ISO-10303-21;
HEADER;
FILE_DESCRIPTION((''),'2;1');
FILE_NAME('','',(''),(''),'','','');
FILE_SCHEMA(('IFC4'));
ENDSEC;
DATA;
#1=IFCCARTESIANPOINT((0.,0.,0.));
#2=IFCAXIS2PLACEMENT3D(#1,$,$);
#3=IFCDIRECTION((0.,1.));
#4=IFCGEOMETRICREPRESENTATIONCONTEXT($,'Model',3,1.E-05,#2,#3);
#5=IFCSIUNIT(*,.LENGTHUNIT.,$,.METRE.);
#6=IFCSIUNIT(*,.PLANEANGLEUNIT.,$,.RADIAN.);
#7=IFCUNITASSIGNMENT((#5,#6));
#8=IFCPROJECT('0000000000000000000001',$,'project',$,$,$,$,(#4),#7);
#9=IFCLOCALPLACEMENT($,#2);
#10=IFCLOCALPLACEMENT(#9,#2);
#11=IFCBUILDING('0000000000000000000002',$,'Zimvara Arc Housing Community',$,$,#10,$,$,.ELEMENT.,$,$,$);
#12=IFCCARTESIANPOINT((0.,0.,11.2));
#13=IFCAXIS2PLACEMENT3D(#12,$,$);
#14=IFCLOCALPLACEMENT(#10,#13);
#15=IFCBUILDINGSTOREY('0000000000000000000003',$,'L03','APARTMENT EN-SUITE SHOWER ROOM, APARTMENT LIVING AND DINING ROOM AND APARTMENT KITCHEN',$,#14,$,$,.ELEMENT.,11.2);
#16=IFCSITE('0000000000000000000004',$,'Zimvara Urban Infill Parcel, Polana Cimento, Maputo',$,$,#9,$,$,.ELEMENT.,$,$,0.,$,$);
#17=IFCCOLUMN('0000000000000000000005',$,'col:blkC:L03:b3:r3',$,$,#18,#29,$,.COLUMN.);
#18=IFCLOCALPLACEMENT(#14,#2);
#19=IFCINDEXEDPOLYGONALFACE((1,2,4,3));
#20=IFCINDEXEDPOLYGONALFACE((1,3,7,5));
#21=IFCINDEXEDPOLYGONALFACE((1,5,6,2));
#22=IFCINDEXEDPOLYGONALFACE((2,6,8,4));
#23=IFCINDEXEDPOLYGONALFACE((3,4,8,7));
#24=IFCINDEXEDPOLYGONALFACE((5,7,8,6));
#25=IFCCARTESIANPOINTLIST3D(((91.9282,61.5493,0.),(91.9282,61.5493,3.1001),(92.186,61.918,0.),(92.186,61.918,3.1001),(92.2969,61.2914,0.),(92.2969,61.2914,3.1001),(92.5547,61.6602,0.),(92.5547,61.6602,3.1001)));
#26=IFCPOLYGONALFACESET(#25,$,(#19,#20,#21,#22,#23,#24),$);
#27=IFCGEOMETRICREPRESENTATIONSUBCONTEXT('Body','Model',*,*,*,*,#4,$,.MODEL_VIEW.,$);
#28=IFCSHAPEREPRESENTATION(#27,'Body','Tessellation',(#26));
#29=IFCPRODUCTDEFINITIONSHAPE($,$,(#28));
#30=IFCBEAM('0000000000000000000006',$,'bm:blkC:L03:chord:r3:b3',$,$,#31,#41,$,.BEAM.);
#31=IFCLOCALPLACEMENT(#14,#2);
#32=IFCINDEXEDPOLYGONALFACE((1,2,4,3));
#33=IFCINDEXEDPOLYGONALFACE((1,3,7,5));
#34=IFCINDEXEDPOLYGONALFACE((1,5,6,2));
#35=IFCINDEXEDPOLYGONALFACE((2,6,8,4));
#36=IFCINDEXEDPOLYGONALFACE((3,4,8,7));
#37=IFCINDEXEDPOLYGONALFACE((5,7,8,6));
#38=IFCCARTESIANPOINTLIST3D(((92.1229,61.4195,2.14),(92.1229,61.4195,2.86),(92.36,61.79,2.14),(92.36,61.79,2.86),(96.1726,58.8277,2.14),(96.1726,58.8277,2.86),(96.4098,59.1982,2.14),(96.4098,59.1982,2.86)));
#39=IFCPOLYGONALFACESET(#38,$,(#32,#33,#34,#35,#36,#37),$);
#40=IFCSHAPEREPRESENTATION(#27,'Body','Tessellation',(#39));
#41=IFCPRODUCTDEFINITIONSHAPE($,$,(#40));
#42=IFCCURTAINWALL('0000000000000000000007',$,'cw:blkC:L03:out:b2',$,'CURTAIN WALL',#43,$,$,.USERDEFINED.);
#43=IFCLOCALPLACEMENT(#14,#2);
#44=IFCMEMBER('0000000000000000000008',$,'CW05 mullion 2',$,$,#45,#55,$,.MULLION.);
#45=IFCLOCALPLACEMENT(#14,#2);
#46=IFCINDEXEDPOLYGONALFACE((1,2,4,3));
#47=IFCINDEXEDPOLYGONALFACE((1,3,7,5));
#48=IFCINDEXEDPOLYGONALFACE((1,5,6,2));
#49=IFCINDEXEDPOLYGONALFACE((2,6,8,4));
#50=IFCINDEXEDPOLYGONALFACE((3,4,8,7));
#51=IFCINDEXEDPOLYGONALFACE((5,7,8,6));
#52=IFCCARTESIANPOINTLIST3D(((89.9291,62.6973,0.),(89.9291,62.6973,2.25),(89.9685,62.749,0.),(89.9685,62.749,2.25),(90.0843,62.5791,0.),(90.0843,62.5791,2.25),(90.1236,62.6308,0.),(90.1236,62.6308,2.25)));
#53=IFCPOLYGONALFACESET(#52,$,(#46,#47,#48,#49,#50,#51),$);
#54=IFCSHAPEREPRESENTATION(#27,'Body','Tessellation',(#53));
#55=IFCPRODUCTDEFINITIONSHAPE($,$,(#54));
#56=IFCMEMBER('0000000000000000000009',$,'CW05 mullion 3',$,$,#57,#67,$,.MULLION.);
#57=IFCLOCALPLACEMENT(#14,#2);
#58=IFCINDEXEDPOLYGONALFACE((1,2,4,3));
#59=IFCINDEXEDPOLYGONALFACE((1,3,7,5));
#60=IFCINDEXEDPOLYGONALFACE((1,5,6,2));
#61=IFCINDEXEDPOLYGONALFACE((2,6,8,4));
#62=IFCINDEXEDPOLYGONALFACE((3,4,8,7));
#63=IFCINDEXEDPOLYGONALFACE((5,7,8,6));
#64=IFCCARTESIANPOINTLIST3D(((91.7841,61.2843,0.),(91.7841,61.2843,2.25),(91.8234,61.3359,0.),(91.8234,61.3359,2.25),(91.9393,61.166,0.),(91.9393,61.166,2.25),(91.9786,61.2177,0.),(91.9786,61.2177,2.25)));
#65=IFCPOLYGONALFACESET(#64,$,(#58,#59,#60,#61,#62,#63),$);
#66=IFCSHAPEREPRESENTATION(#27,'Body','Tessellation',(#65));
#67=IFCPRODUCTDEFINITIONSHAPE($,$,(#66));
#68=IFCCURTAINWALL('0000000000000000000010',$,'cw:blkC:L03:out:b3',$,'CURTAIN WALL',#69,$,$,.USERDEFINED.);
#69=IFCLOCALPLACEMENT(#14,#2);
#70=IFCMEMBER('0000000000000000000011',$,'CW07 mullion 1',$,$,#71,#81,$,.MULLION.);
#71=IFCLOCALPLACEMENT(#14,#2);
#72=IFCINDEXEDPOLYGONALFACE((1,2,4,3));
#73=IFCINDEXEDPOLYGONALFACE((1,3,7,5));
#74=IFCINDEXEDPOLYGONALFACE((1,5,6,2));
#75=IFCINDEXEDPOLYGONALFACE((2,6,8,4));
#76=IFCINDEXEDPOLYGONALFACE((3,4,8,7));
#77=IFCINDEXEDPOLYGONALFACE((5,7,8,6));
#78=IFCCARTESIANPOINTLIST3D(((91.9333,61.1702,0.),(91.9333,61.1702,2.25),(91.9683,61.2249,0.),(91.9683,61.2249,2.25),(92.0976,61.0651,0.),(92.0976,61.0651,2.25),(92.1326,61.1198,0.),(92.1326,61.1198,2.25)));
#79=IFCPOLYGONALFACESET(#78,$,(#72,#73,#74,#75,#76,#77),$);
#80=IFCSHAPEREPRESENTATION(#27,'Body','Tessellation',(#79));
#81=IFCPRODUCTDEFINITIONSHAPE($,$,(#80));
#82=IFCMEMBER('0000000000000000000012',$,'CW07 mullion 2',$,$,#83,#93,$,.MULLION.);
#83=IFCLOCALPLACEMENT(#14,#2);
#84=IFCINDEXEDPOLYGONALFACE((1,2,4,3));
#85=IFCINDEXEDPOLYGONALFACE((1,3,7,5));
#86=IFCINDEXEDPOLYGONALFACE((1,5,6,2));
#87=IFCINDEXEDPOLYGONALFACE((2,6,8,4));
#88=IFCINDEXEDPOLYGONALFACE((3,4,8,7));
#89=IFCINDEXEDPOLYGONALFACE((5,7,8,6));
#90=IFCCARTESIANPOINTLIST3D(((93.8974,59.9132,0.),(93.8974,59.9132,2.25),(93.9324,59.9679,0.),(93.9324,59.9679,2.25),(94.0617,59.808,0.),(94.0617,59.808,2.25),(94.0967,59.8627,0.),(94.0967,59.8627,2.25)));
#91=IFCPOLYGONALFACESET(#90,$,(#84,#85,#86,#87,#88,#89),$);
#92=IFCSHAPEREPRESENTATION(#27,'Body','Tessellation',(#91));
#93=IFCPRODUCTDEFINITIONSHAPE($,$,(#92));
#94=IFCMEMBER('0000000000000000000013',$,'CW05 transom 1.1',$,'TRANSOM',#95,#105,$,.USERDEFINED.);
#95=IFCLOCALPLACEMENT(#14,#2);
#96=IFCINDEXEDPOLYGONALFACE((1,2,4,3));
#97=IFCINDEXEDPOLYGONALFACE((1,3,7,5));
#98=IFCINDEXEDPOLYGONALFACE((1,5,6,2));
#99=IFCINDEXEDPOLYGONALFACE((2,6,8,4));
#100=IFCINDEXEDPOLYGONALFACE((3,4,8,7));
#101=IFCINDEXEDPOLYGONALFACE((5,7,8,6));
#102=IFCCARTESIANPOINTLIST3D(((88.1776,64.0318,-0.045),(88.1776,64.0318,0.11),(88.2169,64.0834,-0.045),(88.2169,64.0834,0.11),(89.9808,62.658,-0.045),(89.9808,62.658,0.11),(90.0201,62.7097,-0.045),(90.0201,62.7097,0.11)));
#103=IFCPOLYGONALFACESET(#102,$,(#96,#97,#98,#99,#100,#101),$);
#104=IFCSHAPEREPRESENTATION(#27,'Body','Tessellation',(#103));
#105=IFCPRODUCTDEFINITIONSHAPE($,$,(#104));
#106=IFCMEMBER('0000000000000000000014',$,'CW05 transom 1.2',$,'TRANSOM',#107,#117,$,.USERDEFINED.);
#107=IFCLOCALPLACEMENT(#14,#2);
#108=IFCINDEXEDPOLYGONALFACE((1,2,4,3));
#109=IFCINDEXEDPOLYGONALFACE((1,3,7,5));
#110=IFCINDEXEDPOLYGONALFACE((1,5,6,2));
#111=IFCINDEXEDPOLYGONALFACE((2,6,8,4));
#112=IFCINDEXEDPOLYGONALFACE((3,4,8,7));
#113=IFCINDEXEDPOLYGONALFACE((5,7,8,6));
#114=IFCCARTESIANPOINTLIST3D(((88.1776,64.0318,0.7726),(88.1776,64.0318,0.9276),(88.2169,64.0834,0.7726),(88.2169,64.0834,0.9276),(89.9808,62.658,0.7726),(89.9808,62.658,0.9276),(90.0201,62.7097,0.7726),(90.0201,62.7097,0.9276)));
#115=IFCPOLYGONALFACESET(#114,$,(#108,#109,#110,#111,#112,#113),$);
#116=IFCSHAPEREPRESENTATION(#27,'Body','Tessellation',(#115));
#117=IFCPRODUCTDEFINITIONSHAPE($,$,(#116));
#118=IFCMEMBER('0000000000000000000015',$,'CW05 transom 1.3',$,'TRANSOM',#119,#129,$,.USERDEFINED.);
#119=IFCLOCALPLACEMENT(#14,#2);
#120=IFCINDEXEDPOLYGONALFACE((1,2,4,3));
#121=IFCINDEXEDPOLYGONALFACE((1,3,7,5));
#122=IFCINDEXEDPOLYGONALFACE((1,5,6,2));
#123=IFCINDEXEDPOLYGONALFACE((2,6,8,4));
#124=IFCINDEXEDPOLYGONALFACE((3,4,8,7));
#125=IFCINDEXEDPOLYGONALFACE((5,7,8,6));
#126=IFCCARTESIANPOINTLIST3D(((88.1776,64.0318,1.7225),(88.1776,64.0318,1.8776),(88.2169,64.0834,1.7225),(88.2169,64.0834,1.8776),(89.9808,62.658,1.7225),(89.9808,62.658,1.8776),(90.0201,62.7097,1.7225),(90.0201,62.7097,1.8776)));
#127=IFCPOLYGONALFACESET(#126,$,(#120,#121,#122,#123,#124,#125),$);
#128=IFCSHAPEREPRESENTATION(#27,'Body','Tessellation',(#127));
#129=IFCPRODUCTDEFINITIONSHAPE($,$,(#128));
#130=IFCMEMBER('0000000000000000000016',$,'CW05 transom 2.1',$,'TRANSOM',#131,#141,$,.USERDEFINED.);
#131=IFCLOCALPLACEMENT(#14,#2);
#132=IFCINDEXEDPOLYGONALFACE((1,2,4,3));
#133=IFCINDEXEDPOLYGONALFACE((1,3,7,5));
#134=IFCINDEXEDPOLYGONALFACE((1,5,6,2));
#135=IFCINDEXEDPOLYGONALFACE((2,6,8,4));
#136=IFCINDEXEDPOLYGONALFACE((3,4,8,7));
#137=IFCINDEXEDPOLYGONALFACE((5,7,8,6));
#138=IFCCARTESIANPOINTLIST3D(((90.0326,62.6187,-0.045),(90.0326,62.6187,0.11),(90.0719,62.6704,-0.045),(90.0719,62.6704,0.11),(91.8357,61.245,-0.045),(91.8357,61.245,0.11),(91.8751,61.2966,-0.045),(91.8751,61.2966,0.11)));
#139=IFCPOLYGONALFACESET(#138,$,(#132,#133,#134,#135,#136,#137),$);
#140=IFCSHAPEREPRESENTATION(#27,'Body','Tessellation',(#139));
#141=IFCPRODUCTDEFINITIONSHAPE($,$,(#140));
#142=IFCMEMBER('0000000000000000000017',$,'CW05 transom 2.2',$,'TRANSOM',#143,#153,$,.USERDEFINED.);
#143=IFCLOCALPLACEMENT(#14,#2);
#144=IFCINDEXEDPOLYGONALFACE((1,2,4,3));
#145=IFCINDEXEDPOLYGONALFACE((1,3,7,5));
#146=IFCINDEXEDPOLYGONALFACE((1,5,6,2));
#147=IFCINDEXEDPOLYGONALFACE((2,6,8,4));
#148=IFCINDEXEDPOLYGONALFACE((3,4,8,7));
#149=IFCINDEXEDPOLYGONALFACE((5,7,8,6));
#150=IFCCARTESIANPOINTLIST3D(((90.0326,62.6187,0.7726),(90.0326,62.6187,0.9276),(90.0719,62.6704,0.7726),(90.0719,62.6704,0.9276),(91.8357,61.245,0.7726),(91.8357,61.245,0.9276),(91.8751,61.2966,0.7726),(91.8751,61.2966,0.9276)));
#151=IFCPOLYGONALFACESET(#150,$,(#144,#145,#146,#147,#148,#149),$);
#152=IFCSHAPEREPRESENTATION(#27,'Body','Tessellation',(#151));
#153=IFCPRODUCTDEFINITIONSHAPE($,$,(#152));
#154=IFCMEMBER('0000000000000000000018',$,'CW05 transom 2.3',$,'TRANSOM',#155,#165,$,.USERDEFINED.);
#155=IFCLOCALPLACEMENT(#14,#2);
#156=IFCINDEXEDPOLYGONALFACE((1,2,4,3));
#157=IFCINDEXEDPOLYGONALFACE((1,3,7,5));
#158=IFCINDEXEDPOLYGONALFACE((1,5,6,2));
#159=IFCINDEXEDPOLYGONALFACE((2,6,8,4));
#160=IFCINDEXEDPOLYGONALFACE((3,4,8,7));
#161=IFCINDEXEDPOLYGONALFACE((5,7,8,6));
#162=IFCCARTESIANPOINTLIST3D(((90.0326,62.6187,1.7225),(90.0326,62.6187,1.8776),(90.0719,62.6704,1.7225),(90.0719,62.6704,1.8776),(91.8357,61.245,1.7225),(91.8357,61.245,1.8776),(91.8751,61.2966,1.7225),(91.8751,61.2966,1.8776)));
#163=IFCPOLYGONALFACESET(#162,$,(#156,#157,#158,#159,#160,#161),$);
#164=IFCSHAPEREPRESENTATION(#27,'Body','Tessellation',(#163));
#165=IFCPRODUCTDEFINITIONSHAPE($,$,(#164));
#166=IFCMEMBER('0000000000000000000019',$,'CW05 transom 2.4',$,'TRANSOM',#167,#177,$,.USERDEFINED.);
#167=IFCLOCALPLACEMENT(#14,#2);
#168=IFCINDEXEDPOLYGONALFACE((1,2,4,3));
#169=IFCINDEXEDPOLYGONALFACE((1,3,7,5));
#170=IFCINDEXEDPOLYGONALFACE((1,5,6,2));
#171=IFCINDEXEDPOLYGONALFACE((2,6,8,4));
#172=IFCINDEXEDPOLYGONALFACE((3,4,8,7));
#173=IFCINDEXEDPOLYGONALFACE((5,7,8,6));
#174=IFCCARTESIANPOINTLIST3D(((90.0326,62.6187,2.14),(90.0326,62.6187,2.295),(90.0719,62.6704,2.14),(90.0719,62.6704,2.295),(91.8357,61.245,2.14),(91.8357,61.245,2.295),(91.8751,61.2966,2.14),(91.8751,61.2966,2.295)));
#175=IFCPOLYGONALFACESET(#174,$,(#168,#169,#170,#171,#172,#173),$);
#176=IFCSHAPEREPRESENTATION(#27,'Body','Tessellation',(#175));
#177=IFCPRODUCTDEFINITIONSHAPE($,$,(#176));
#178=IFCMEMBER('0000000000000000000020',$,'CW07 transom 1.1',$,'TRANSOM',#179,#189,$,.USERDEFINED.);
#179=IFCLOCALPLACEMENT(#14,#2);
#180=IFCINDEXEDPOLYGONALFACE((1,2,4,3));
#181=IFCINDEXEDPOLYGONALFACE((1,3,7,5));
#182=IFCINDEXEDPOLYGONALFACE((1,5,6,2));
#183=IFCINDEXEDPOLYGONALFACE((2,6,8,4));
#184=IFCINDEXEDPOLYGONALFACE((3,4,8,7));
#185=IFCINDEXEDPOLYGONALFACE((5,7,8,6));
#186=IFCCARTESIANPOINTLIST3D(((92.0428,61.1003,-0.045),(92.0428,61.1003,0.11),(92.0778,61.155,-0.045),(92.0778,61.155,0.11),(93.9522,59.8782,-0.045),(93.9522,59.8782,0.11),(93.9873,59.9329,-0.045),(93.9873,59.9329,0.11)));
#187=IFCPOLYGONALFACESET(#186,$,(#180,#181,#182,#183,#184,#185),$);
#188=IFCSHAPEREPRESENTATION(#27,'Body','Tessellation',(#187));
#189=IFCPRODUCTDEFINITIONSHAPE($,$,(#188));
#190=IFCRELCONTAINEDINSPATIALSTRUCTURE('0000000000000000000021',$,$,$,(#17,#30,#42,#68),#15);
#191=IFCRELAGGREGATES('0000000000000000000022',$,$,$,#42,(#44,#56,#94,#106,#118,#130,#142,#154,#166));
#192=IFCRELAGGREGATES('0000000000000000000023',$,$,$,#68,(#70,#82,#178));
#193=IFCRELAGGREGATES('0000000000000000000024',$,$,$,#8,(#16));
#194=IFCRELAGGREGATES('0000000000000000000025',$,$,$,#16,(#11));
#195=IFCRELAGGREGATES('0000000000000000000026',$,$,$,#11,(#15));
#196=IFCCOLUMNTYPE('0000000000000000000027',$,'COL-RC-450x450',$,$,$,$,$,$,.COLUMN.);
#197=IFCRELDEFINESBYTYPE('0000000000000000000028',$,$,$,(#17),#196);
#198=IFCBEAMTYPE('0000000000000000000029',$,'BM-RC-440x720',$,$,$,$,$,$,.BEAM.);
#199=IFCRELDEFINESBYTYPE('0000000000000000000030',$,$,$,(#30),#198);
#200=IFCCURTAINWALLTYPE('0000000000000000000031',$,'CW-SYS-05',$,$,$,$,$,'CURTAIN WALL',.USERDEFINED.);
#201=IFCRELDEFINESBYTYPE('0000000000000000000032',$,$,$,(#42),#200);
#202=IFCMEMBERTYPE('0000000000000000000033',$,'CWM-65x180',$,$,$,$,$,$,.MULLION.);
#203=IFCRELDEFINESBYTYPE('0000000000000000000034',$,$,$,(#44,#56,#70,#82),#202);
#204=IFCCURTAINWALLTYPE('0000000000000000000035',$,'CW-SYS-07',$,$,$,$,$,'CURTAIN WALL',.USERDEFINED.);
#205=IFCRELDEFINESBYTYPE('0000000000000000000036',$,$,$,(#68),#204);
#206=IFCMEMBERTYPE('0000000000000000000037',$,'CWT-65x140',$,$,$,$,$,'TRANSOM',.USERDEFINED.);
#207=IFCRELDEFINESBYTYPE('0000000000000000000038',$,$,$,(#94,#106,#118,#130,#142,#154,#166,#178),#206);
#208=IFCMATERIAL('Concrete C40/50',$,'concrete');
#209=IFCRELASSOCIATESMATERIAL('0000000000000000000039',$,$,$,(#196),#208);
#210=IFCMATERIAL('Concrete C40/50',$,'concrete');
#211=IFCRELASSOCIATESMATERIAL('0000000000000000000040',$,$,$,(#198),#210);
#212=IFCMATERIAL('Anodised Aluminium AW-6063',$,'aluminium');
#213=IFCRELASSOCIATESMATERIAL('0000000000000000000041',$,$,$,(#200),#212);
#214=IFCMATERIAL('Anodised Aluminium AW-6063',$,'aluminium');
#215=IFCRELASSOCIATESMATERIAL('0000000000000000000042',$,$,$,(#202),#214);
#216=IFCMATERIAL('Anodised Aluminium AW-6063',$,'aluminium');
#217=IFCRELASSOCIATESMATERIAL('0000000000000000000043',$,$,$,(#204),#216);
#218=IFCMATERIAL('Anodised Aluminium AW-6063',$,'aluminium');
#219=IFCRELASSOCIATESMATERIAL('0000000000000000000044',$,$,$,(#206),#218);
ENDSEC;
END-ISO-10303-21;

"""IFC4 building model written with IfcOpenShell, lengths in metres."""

from ifc_helpers import new_model, si_unit, direction, frame, origin, origin_2d, place, context, subcontext, project, spatial, rectangle, extrude, material, material_profile, profile_set, type_object, element, aggregate, save


model = new_model("IFC4")

# Units and contexts
model_context = context("Model", 3, precision=1e-05, world=origin(), true_north=direction((0.0, 1.0)))
body_context = subcontext(model_context, "Body", "Model", "MODEL_VIEW")
ifc_project = project(units=[si_unit("LENGTHUNIT", "METRE"), si_unit("PLANEANGLEUNIT", "RADIAN")], contexts=[model_context])

# Site, building, storey
site_placement = place(None, origin())
site = spatial("IfcSite", under=ifc_project, at=site_placement, Name="Zimvara Urban Infill Parcel, Polana Cimento, Maputo", CompositionType="ELEMENT", RefElevation=0.0)
building_placement = place(site_placement, origin())
building = spatial("IfcBuilding", under=site, at=building_placement, Name="Zimvara Arc Housing Community", CompositionType="ELEMENT")
storey_placement = place(building_placement, frame((0.0, 0.0, 11.2)))
storey = spatial("IfcBuildingStorey", under=building, at=storey_placement, Name="L03", Description="APARTMENT EN-SUITE SHOWER ROOM, APARTMENT LIVING AND DINING ROOM AND APARTMENT KITCHEN", CompositionType="ELEMENT", Elevation=11.2)

# Column
ifc_material_1 = material(Name="Concrete C40/50", Category="concrete")
ifc_material_profile_1 = material_profile(ifc_material_1, rectangle(XDim=0.45, YDim=0.45, at=origin_2d()), Name="RC 450x450")
ifc_profile_set_1 = profile_set([ifc_material_profile_1], Name="Concrete C40/50")
column_type = type_object("IfcColumnType", Name="COL-RC-450x450", PredefinedType="COLUMN", material=ifc_profile_set_1)
column_placement = place(storey_placement, frame((92.2415, 61.6047, 0.0), z_axis=(0.0, 0.0, 1.0), x_axis=(-0.573004, -0.819552, 0.0)))
element("IfcColumn", 1, at=column_placement, inside=storey, type_object=column_type, Name="col:blkC:L03:b3:r3", PredefinedType="COLUMN", context=body_context, shape_type="SweptSolid", body=[
    extrude(rectangle(XDim=0.45, YDim=0.45, at=origin_2d()), origin(), (0.0, 0.0, 1.0), 3.1001),
])

# Beam
ifc_material_2 = material(Name="Concrete C40/50", Category="concrete")
ifc_material_profile_2 = material_profile(ifc_material_2, rectangle(XDim=0.4399, YDim=0.72, at=origin_2d()), Name="RC 440x720")
ifc_profile_set_2 = profile_set([ifc_material_profile_2], Name="Concrete C40/50")
beam_type = type_object("IfcBeamType", Name="BM-RC-440x720", PredefinedType="BEAM", material=ifc_profile_set_2)
beam_placement = place(storey_placement, frame((92.2415, 61.6047, 2.5), z_axis=(0.842279, -0.539042, 0.0), x_axis=(0.539042, 0.842279, 0.0)))
element("IfcBeam", 2, at=beam_placement, inside=storey, type_object=beam_type, Name="bm:blkC:L03:chord:r3:b3", PredefinedType="BEAM", context=body_context, shape_type="SweptSolid", body=[
    extrude(rectangle(XDim=0.4399, YDim=0.72, at=origin_2d()), origin(), (0.0, 0.0, 1.0), 4.8081),
])

# Curtain walls, members
ifc_material_3 = material(Name="Anodised Aluminium AW-6063", Category="aluminium")
curtain_wall_type_1 = type_object("IfcCurtainWallType", Name="CW-SYS-05", ElementType="CURTAIN WALL", PredefinedType="USERDEFINED", material=ifc_material_3)
curtain_wall_1_placement = place(storey_placement, origin())
curtain_wall_1 = element("IfcCurtainWall", 3, at=curtain_wall_1_placement, inside=storey, type_object=curtain_wall_type_1, Name="cw:blkC:L03:out:b2", ObjectType="CURTAIN WALL", PredefinedType="USERDEFINED")
ifc_material_4 = material(Name="Anodised Aluminium AW-6063", Category="aluminium")
ifc_material_profile_3 = material_profile(ifc_material_4, rectangle(XDim=0.0649, YDim=0.1951, at=origin_2d()), Name="ALU 65x195")
ifc_profile_set_3 = profile_set([ifc_material_profile_3], Name="Anodised Aluminium AW-6063")
member_type_1 = type_object("IfcMemberType", Name="CWM-65x180", PredefinedType="MULLION", material=ifc_profile_set_3)
member_1_placement = place(storey_placement, frame((90.0264, 62.6641, 0.0), z_axis=(0.0, 0.0, 1.0), x_axis=(0.605988, 0.795474, 0.0)))
member_1 = element("IfcMember", 4, at=member_1_placement, type_object=member_type_1, Name="CW05 mullion 2", PredefinedType="MULLION", context=body_context, shape_type="SweptSolid", body=[
    extrude(rectangle(XDim=0.0649, YDim=0.1951, at=origin_2d()), origin(), (0.0, 0.0, 1.0), 2.25),
])
member_2_placement = place(storey_placement, frame((91.8813, 61.251, 0.0), z_axis=(0.0, 0.0, 1.0), x_axis=(0.605988, 0.795474, 0.0)))
member_2 = element("IfcMember", 5, at=member_2_placement, type_object=member_type_1, Name="CW05 mullion 3", PredefinedType="MULLION", context=body_context, shape_type="SweptSolid", body=[
    extrude(rectangle(XDim=0.0649, YDim=0.1951, at=origin_2d()), origin(), (0.0, 0.0, 1.0), 2.25),
])
ifc_material_5 = material(Name="Anodised Aluminium AW-6063", Category="aluminium")
curtain_wall_type_2 = type_object("IfcCurtainWallType", Name="CW-SYS-07", ElementType="CURTAIN WALL", PredefinedType="USERDEFINED", material=ifc_material_5)
curtain_wall_2_placement = place(storey_placement, origin())
curtain_wall_2 = element("IfcCurtainWall", 6, at=curtain_wall_2_placement, inside=storey, type_object=curtain_wall_type_2, Name="cw:blkC:L03:out:b3", ObjectType="CURTAIN WALL", PredefinedType="USERDEFINED")
member_3_placement = place(storey_placement, frame((92.033, 61.145, 0.0), z_axis=(0.0, 0.0, 1.0), x_axis=(0.539065, 0.842264, 0.0)))
member_3 = element("IfcMember", 7, at=member_3_placement, type_object=member_type_1, Name="CW07 mullion 1", PredefinedType="MULLION", context=body_context, shape_type="SweptSolid", body=[
    extrude(rectangle(XDim=0.0649, YDim=0.1951, at=origin_2d()), origin(), (0.0, 0.0, 1.0), 2.25),
])
member_4_placement = place(storey_placement, frame((93.9971, 59.8879, 0.0), z_axis=(0.0, 0.0, 1.0), x_axis=(0.539065, 0.842264, 0.0)))
member_4 = element("IfcMember", 8, at=member_4_placement, type_object=member_type_1, Name="CW07 mullion 2", PredefinedType="MULLION", context=body_context, shape_type="SweptSolid", body=[
    extrude(rectangle(XDim=0.0649, YDim=0.1951, at=origin_2d()), origin(), (0.0, 0.0, 1.0), 2.25),
])

# Members
ifc_material_6 = material(Name="Anodised Aluminium AW-6063", Category="aluminium")
ifc_material_profile_4 = material_profile(ifc_material_6, rectangle(XDim=0.0649, YDim=0.155, at=origin_2d()), Name="ALU 65x155")
ifc_profile_set_4 = profile_set([ifc_material_profile_4], Name="Anodised Aluminium AW-6063")
member_type_2 = type_object("IfcMemberType", Name="CWT-65x140", ElementType="TRANSOM", PredefinedType="USERDEFINED", material=ifc_profile_set_4)
member_5_placement = place(storey_placement, frame((88.1973, 64.0576, 0.0325), z_axis=(0.795454, -0.606014, 0.0), x_axis=(0.606014, 0.795454, 0.0)))
member_5 = element("IfcMember", 9, at=member_5_placement, type_object=member_type_2, Name="CW05 transom 1.1", ObjectType="TRANSOM", PredefinedType="USERDEFINED", context=body_context, shape_type="SweptSolid", body=[
    extrude(rectangle(XDim=0.0649, YDim=0.155, at=origin_2d()), origin(), (0.0, 0.0, 1.0), 2.2668),
])
member_6_placement = place(storey_placement, frame((88.1973, 64.0576, 0.8501), z_axis=(0.795454, -0.606014, 0.0), x_axis=(0.606014, 0.795454, 0.0)))
member_6 = element("IfcMember", 10, at=member_6_placement, type_object=member_type_2, Name="CW05 transom 1.2", ObjectType="TRANSOM", PredefinedType="USERDEFINED", context=body_context, shape_type="SweptSolid", body=[
    extrude(rectangle(XDim=0.0649, YDim=0.155, at=origin_2d()), origin(), (0.0, 0.0, 1.0), 2.2668),
])
member_7_placement = place(storey_placement, frame((88.1973, 64.0576, 1.8), z_axis=(0.795454, -0.606014, 0.0), x_axis=(0.606014, 0.795454, 0.0)))
member_7 = element("IfcMember", 11, at=member_7_placement, type_object=member_type_2, Name="CW05 transom 1.3", ObjectType="TRANSOM", PredefinedType="USERDEFINED", context=body_context, shape_type="SweptSolid", body=[
    extrude(rectangle(XDim=0.0649, YDim=0.155, at=origin_2d()), origin(), (0.0, 0.0, 1.0), 2.2668),
])
member_8_placement = place(storey_placement, frame((90.0522, 62.6445, 0.0325), z_axis=(0.795454, -0.606014, 0.0), x_axis=(0.606014, 0.795454, 0.0)))
member_8 = element("IfcMember", 12, at=member_8_placement, type_object=member_type_2, Name="CW05 transom 2.1", ObjectType="TRANSOM", PredefinedType="USERDEFINED", context=body_context, shape_type="SweptSolid", body=[
    extrude(rectangle(XDim=0.0649, YDim=0.155, at=origin_2d()), origin(), (0.0, 0.0, 1.0), 2.2668),
])
member_9_placement = place(storey_placement, frame((90.0522, 62.6445, 0.8501), z_axis=(0.795454, -0.606014, 0.0), x_axis=(0.606014, 0.795454, 0.0)))
member_9 = element("IfcMember", 13, at=member_9_placement, type_object=member_type_2, Name="CW05 transom 2.2", ObjectType="TRANSOM", PredefinedType="USERDEFINED", context=body_context, shape_type="SweptSolid", body=[
    extrude(rectangle(XDim=0.0649, YDim=0.155, at=origin_2d()), origin(), (0.0, 0.0, 1.0), 2.2668),
])
member_10_placement = place(storey_placement, frame((90.0522, 62.6445, 1.8), z_axis=(0.795454, -0.606014, 0.0), x_axis=(0.606014, 0.795454, 0.0)))
member_10 = element("IfcMember", 14, at=member_10_placement, type_object=member_type_2, Name="CW05 transom 2.3", ObjectType="TRANSOM", PredefinedType="USERDEFINED", context=body_context, shape_type="SweptSolid", body=[
    extrude(rectangle(XDim=0.0649, YDim=0.155, at=origin_2d()), origin(), (0.0, 0.0, 1.0), 2.2668),
])
member_11_placement = place(storey_placement, frame((90.0522, 62.6445, 2.2175), z_axis=(0.795454, -0.606014, 0.0), x_axis=(0.606014, 0.795454, 0.0)))
member_11 = element("IfcMember", 15, at=member_11_placement, type_object=member_type_2, Name="CW05 transom 2.4", ObjectType="TRANSOM", PredefinedType="USERDEFINED", context=body_context, shape_type="SweptSolid", body=[
    extrude(rectangle(XDim=0.0649, YDim=0.155, at=origin_2d()), origin(), (0.0, 0.0, 1.0), 2.2668),
])
member_12_placement = place(storey_placement, frame((92.0603, 61.1277, 0.0325), z_axis=(0.842244, -0.539096, 0.0), x_axis=(0.539096, 0.842244, 0.0)))
member_12 = element("IfcMember", 16, at=member_12_placement, type_object=member_type_2, Name="CW07 transom 1.1", ObjectType="TRANSOM", PredefinedType="USERDEFINED", context=body_context, shape_type="SweptSolid", body=[
    extrude(rectangle(XDim=0.0649, YDim=0.155, at=origin_2d()), origin(), (0.0, 0.0, 1.0), 2.2671),
])

aggregate(curtain_wall_1, [member_1, member_2, member_5, member_6, member_7, member_8, member_9, member_10, member_11])
aggregate(curtain_wall_2, [member_3, member_4, member_12])

save(model, "model.ifc")
